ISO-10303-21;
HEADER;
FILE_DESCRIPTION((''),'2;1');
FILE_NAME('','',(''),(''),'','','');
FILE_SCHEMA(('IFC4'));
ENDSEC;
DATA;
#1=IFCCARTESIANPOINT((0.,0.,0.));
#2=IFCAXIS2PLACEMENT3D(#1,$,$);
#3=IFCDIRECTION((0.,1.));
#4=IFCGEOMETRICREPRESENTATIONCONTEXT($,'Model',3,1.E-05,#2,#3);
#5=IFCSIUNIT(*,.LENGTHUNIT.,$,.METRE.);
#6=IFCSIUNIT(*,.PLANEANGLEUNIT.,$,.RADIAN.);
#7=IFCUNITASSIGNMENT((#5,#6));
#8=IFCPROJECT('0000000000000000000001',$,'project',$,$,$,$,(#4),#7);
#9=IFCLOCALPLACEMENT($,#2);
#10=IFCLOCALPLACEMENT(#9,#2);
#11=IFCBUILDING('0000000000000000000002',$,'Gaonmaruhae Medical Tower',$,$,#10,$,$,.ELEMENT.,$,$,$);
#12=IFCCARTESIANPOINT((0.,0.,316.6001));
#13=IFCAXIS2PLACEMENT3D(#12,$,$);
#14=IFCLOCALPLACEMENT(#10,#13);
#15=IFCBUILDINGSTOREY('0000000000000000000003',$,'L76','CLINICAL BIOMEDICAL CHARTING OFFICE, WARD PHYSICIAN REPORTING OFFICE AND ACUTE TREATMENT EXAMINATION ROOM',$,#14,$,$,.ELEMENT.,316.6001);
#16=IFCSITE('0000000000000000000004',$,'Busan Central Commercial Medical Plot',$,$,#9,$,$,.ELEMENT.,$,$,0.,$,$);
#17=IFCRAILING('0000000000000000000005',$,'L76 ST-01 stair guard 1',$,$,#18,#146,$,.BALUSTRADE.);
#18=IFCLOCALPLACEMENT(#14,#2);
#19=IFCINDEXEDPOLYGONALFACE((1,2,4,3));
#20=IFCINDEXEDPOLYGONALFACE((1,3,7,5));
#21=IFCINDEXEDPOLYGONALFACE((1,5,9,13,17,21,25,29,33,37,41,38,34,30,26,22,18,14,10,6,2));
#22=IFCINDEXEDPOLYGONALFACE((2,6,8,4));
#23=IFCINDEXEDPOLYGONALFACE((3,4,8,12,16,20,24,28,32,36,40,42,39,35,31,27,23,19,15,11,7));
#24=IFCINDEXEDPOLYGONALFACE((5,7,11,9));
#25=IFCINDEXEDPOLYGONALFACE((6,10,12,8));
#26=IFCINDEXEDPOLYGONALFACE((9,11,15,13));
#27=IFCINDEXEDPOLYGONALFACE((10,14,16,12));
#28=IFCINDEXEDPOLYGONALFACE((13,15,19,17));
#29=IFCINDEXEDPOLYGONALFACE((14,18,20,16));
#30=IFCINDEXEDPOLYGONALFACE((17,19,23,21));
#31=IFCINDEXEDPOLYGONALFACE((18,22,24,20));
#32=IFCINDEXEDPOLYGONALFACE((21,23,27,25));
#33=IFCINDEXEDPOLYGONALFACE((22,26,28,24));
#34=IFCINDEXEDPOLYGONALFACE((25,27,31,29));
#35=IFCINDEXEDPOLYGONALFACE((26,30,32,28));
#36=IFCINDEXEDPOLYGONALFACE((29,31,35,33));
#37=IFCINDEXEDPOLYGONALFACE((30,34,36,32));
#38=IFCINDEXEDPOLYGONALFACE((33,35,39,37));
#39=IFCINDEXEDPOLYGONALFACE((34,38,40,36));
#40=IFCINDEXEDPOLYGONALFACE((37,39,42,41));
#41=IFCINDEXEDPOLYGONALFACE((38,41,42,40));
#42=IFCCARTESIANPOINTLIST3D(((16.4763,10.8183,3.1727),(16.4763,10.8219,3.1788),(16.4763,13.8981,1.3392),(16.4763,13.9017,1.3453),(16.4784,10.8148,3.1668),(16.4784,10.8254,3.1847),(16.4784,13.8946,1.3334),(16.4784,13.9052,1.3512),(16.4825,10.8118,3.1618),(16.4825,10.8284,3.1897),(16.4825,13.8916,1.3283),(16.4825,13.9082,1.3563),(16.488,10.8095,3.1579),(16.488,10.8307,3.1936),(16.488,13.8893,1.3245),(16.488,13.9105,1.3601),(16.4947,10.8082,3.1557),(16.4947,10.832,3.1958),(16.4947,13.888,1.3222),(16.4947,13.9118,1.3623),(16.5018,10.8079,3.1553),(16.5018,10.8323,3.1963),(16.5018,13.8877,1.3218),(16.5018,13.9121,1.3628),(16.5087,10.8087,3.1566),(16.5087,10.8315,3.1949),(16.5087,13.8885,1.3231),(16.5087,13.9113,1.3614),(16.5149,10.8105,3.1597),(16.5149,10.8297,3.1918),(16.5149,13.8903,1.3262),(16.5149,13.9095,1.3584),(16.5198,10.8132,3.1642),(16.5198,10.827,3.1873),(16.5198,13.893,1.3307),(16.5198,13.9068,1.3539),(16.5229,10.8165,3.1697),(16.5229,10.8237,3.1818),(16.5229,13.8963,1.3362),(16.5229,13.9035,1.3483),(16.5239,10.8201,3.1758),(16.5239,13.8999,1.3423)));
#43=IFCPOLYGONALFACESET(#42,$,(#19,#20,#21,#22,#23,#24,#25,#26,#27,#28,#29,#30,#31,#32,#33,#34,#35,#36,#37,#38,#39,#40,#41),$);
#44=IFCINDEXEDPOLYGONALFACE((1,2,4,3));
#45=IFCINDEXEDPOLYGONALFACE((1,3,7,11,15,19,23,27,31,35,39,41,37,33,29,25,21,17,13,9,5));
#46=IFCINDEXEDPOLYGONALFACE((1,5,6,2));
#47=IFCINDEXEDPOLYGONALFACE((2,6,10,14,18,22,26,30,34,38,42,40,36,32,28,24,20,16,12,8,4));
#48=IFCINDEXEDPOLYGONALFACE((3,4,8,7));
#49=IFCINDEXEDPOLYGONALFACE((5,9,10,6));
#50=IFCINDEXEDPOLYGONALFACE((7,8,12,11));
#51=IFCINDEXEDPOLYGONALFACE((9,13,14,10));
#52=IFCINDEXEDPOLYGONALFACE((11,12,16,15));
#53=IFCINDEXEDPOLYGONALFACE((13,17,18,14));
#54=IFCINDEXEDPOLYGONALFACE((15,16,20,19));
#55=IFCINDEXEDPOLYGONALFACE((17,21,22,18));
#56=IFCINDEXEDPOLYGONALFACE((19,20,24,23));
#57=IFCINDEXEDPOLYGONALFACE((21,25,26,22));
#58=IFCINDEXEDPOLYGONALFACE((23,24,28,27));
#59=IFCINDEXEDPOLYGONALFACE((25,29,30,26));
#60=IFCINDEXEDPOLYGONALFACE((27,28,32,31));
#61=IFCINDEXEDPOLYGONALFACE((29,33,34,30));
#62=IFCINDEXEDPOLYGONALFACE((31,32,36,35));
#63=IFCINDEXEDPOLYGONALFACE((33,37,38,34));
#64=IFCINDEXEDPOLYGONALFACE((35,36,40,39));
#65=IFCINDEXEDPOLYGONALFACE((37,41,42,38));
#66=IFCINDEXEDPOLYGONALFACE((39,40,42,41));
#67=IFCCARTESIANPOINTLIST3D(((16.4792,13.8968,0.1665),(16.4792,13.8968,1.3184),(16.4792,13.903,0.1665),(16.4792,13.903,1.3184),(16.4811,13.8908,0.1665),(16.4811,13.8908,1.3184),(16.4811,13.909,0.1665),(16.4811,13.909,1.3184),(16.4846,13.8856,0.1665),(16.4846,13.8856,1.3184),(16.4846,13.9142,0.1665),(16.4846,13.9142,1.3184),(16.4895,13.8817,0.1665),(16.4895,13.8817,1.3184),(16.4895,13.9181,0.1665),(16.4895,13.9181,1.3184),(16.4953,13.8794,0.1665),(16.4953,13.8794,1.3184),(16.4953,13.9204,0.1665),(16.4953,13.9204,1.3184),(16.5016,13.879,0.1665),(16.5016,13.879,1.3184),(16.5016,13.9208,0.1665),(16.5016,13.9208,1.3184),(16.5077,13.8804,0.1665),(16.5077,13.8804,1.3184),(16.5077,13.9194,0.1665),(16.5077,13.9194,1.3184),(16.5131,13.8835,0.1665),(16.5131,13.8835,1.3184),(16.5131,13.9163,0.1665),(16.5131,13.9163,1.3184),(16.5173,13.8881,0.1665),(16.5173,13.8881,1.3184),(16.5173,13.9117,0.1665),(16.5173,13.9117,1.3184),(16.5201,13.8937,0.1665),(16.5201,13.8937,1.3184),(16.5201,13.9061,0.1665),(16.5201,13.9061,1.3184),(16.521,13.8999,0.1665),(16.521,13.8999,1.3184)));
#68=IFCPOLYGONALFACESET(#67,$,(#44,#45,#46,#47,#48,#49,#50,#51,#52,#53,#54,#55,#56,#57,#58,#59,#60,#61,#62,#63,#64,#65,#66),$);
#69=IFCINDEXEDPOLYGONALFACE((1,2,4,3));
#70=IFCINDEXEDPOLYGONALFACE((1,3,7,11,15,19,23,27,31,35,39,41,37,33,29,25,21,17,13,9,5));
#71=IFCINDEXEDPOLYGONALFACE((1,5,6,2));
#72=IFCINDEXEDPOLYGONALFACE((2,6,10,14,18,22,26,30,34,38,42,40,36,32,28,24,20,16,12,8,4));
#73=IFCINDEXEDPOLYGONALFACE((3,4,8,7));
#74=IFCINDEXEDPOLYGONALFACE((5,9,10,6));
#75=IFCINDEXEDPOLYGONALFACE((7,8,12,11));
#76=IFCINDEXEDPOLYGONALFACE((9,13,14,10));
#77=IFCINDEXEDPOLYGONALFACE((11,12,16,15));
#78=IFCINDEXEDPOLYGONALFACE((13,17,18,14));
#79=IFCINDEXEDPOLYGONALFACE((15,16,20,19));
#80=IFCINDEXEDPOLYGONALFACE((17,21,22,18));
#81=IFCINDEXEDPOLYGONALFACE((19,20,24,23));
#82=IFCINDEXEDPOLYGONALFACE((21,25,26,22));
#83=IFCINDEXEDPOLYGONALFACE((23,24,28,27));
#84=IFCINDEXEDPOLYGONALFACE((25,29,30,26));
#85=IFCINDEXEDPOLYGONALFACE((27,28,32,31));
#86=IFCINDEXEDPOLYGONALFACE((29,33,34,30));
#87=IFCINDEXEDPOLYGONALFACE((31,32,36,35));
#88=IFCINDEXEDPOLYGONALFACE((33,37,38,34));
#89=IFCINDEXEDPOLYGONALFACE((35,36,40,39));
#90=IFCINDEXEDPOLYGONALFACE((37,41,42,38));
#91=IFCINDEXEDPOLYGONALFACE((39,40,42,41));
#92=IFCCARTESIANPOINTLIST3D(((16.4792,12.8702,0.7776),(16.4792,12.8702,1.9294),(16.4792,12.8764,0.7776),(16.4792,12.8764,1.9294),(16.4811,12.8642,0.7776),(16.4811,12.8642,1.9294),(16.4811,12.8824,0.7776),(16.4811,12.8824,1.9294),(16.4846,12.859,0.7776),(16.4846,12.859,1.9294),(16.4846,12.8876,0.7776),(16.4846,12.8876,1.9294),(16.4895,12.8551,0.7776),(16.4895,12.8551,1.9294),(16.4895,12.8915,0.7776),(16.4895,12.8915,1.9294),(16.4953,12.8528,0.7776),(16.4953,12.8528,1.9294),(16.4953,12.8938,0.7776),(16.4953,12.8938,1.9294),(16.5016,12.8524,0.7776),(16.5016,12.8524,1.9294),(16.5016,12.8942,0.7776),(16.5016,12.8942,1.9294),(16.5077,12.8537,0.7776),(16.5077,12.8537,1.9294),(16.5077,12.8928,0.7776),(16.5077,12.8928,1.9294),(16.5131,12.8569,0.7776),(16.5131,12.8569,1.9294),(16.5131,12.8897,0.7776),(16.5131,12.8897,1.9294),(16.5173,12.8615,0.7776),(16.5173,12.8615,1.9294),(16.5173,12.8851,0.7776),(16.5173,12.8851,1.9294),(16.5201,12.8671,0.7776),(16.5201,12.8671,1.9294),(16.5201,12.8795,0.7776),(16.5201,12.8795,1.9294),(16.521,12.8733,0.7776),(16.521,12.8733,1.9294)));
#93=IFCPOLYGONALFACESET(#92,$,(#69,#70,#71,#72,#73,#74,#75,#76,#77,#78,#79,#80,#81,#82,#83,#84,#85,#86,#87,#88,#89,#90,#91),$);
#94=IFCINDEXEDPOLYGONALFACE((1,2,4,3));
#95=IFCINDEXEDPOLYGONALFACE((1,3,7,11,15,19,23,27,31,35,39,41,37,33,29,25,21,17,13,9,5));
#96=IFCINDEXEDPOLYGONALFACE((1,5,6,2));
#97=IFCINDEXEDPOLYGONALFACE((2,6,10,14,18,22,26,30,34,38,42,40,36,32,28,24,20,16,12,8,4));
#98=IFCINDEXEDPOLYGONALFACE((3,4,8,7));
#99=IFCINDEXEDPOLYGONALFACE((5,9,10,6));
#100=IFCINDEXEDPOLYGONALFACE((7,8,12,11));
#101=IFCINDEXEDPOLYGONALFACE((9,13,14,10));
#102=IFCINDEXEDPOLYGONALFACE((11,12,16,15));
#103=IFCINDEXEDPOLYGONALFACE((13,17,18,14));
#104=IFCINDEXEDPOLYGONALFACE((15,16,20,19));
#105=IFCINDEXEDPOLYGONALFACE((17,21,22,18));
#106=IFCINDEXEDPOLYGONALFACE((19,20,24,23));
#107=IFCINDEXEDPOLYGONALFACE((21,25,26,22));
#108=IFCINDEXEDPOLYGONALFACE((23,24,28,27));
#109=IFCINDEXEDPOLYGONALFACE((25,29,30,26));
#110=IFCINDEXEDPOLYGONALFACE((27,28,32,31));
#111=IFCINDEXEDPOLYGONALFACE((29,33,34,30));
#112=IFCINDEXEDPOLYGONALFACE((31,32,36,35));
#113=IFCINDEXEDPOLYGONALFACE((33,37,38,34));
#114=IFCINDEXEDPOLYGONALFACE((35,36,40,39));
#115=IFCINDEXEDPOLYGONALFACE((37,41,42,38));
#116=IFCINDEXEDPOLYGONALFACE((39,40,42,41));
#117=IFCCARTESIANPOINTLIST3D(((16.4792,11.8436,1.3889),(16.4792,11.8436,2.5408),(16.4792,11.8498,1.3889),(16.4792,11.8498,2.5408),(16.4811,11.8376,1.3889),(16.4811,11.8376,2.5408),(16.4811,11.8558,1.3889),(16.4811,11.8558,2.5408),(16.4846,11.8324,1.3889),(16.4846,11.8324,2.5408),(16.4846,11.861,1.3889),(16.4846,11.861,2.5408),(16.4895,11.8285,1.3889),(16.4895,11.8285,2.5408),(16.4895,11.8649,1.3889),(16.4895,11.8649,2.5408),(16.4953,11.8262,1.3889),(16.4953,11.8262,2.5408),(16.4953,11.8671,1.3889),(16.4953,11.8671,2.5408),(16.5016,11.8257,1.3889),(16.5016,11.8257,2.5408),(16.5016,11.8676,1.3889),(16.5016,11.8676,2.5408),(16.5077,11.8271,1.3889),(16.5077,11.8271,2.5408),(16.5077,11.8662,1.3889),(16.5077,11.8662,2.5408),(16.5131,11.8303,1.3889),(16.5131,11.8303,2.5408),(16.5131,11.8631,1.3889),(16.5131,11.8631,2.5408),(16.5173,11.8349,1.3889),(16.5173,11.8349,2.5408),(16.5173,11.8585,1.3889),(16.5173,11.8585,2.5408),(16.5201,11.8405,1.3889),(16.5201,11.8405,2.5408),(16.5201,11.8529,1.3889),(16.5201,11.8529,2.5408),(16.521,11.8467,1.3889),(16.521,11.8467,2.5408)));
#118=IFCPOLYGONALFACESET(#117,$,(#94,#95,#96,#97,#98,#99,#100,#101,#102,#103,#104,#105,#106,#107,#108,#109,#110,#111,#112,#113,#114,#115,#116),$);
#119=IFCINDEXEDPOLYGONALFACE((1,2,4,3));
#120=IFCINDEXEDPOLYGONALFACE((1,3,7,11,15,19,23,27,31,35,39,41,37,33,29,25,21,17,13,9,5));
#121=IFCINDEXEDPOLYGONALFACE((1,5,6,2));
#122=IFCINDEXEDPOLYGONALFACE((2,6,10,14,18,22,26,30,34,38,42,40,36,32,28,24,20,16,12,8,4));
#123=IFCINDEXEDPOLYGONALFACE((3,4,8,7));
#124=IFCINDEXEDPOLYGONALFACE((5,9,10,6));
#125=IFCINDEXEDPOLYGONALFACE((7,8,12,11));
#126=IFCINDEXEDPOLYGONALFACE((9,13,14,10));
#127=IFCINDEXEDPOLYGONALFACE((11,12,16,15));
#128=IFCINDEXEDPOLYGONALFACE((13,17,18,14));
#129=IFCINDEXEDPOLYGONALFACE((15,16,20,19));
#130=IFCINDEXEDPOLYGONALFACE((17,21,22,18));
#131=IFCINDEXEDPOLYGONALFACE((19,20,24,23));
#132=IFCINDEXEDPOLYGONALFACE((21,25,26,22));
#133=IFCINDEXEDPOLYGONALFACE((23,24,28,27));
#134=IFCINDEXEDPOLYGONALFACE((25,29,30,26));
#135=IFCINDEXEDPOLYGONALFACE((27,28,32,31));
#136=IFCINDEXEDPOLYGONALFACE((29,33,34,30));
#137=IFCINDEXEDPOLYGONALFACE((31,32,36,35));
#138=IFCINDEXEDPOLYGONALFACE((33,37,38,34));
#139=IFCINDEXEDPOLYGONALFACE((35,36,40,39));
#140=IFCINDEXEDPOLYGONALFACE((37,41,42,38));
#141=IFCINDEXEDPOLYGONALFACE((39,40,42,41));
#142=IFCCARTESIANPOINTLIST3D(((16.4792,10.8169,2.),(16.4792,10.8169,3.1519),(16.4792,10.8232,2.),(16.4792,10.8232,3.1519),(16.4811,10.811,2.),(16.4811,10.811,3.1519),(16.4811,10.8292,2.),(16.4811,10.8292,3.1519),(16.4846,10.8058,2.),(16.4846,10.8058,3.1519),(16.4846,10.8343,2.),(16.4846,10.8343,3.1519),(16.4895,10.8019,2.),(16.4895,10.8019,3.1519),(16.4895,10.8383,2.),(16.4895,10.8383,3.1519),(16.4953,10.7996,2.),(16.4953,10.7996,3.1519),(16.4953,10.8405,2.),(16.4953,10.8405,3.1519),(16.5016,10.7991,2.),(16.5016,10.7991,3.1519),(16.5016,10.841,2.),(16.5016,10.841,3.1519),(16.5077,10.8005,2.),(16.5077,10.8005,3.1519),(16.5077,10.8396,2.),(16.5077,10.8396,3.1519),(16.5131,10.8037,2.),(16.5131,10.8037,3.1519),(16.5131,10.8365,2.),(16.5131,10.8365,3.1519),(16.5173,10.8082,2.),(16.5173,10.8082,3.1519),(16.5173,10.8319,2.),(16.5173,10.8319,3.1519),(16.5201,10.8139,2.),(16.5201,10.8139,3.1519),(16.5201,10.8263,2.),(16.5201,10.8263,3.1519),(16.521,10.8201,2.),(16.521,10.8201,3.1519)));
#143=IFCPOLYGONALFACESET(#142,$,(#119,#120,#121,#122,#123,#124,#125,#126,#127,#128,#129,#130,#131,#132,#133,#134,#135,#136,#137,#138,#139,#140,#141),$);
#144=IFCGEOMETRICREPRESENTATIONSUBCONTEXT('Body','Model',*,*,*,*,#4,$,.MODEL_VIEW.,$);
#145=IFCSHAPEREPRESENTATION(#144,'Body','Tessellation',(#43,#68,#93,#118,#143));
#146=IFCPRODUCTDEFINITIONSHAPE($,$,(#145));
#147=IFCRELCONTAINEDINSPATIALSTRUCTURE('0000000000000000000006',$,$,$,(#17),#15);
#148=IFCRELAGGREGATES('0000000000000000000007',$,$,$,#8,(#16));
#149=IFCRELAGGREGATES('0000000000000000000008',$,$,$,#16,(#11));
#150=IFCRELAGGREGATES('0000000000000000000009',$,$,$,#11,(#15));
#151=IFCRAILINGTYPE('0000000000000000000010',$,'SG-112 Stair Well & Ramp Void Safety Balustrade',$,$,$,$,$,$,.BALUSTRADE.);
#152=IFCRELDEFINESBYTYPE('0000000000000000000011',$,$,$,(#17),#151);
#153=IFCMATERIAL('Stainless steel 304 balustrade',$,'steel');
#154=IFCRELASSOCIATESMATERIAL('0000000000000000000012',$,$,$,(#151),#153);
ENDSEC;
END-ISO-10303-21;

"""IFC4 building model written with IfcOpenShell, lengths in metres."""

from ifc_helpers import new_model, si_unit, direction, frame, origin, origin_2d, place, context, subcontext, project, spatial, circle, extrude, material, type_object, element, save


model = new_model("IFC4")

# Units and contexts
model_context = context("Model", 3, precision=1e-05, world=origin(), true_north=direction((0.0, 1.0)))
body_context = subcontext(model_context, "Body", "Model", "MODEL_VIEW")
ifc_project = project(units=[si_unit("LENGTHUNIT", "METRE"), si_unit("PLANEANGLEUNIT", "RADIAN")], contexts=[model_context])

# Site, building, storey
site_placement = place(None, origin())
site = spatial("IfcSite", under=ifc_project, at=site_placement, Name="Busan Central Commercial Medical Plot", CompositionType="ELEMENT", RefElevation=0.0)
building_placement = place(site_placement, origin())
building = spatial("IfcBuilding", under=site, at=building_placement, Name="Gaonmaruhae Medical Tower", CompositionType="ELEMENT")
storey_placement = place(building_placement, frame((0.0, 0.0, 316.6001)))
storey = spatial("IfcBuildingStorey", under=building, at=storey_placement, Name="L76", Description="CLINICAL BIOMEDICAL CHARTING OFFICE, WARD PHYSICIAN REPORTING OFFICE AND ACUTE TREATMENT EXAMINATION ROOM", CompositionType="ELEMENT", Elevation=316.6001)

# Railing
ifc_material_1 = material(Name="Stainless steel 304 balustrade", Category="steel")
railing_type_1 = type_object("IfcRailingType", Name="SG-112 Stair Well & Ramp Void Safety Balustrade", PredefinedType="BALUSTRADE", material=ifc_material_1)
railing_1_placement = place(storey_placement, frame((16.5, 13.8999, 0.1665)))
element("IfcRailing", 1, at=railing_1_placement, inside=storey, type_object=railing_type_1, Name="L76 ST-01 stair guard 1", PredefinedType="BALUSTRADE", context=body_context, shape_type="SweptSolid", body=[
    extrude(circle(Radius=0.0239, at=origin_2d()), frame((0.0, 0.0, 1.1758), z_axis=(0.0, -0.859261, 0.511538), x_axis=(1.0, 0.0, 0.0)), (0.0, 0.0, 1.0), 3.5842),
    extrude(circle(Radius=0.021, at=origin_2d()), origin(), (0.0, 0.0, 1.0), 1.1519),
    extrude(circle(Radius=0.021, at=origin_2d()), frame((0.0, -1.0266, 0.6111)), (0.0, 0.0, 1.0), 1.1519),
    extrude(circle(Radius=0.021, at=origin_2d()), frame((0.0, -2.0532, 1.2224)), (0.0, 0.0, 1.0), 1.1519),
    extrude(circle(Radius=0.021, at=origin_2d()), frame((0.0, -3.0798, 1.8335)), (0.0, 0.0, 1.0), 1.1519),
])

save(model, "model.ifc")
